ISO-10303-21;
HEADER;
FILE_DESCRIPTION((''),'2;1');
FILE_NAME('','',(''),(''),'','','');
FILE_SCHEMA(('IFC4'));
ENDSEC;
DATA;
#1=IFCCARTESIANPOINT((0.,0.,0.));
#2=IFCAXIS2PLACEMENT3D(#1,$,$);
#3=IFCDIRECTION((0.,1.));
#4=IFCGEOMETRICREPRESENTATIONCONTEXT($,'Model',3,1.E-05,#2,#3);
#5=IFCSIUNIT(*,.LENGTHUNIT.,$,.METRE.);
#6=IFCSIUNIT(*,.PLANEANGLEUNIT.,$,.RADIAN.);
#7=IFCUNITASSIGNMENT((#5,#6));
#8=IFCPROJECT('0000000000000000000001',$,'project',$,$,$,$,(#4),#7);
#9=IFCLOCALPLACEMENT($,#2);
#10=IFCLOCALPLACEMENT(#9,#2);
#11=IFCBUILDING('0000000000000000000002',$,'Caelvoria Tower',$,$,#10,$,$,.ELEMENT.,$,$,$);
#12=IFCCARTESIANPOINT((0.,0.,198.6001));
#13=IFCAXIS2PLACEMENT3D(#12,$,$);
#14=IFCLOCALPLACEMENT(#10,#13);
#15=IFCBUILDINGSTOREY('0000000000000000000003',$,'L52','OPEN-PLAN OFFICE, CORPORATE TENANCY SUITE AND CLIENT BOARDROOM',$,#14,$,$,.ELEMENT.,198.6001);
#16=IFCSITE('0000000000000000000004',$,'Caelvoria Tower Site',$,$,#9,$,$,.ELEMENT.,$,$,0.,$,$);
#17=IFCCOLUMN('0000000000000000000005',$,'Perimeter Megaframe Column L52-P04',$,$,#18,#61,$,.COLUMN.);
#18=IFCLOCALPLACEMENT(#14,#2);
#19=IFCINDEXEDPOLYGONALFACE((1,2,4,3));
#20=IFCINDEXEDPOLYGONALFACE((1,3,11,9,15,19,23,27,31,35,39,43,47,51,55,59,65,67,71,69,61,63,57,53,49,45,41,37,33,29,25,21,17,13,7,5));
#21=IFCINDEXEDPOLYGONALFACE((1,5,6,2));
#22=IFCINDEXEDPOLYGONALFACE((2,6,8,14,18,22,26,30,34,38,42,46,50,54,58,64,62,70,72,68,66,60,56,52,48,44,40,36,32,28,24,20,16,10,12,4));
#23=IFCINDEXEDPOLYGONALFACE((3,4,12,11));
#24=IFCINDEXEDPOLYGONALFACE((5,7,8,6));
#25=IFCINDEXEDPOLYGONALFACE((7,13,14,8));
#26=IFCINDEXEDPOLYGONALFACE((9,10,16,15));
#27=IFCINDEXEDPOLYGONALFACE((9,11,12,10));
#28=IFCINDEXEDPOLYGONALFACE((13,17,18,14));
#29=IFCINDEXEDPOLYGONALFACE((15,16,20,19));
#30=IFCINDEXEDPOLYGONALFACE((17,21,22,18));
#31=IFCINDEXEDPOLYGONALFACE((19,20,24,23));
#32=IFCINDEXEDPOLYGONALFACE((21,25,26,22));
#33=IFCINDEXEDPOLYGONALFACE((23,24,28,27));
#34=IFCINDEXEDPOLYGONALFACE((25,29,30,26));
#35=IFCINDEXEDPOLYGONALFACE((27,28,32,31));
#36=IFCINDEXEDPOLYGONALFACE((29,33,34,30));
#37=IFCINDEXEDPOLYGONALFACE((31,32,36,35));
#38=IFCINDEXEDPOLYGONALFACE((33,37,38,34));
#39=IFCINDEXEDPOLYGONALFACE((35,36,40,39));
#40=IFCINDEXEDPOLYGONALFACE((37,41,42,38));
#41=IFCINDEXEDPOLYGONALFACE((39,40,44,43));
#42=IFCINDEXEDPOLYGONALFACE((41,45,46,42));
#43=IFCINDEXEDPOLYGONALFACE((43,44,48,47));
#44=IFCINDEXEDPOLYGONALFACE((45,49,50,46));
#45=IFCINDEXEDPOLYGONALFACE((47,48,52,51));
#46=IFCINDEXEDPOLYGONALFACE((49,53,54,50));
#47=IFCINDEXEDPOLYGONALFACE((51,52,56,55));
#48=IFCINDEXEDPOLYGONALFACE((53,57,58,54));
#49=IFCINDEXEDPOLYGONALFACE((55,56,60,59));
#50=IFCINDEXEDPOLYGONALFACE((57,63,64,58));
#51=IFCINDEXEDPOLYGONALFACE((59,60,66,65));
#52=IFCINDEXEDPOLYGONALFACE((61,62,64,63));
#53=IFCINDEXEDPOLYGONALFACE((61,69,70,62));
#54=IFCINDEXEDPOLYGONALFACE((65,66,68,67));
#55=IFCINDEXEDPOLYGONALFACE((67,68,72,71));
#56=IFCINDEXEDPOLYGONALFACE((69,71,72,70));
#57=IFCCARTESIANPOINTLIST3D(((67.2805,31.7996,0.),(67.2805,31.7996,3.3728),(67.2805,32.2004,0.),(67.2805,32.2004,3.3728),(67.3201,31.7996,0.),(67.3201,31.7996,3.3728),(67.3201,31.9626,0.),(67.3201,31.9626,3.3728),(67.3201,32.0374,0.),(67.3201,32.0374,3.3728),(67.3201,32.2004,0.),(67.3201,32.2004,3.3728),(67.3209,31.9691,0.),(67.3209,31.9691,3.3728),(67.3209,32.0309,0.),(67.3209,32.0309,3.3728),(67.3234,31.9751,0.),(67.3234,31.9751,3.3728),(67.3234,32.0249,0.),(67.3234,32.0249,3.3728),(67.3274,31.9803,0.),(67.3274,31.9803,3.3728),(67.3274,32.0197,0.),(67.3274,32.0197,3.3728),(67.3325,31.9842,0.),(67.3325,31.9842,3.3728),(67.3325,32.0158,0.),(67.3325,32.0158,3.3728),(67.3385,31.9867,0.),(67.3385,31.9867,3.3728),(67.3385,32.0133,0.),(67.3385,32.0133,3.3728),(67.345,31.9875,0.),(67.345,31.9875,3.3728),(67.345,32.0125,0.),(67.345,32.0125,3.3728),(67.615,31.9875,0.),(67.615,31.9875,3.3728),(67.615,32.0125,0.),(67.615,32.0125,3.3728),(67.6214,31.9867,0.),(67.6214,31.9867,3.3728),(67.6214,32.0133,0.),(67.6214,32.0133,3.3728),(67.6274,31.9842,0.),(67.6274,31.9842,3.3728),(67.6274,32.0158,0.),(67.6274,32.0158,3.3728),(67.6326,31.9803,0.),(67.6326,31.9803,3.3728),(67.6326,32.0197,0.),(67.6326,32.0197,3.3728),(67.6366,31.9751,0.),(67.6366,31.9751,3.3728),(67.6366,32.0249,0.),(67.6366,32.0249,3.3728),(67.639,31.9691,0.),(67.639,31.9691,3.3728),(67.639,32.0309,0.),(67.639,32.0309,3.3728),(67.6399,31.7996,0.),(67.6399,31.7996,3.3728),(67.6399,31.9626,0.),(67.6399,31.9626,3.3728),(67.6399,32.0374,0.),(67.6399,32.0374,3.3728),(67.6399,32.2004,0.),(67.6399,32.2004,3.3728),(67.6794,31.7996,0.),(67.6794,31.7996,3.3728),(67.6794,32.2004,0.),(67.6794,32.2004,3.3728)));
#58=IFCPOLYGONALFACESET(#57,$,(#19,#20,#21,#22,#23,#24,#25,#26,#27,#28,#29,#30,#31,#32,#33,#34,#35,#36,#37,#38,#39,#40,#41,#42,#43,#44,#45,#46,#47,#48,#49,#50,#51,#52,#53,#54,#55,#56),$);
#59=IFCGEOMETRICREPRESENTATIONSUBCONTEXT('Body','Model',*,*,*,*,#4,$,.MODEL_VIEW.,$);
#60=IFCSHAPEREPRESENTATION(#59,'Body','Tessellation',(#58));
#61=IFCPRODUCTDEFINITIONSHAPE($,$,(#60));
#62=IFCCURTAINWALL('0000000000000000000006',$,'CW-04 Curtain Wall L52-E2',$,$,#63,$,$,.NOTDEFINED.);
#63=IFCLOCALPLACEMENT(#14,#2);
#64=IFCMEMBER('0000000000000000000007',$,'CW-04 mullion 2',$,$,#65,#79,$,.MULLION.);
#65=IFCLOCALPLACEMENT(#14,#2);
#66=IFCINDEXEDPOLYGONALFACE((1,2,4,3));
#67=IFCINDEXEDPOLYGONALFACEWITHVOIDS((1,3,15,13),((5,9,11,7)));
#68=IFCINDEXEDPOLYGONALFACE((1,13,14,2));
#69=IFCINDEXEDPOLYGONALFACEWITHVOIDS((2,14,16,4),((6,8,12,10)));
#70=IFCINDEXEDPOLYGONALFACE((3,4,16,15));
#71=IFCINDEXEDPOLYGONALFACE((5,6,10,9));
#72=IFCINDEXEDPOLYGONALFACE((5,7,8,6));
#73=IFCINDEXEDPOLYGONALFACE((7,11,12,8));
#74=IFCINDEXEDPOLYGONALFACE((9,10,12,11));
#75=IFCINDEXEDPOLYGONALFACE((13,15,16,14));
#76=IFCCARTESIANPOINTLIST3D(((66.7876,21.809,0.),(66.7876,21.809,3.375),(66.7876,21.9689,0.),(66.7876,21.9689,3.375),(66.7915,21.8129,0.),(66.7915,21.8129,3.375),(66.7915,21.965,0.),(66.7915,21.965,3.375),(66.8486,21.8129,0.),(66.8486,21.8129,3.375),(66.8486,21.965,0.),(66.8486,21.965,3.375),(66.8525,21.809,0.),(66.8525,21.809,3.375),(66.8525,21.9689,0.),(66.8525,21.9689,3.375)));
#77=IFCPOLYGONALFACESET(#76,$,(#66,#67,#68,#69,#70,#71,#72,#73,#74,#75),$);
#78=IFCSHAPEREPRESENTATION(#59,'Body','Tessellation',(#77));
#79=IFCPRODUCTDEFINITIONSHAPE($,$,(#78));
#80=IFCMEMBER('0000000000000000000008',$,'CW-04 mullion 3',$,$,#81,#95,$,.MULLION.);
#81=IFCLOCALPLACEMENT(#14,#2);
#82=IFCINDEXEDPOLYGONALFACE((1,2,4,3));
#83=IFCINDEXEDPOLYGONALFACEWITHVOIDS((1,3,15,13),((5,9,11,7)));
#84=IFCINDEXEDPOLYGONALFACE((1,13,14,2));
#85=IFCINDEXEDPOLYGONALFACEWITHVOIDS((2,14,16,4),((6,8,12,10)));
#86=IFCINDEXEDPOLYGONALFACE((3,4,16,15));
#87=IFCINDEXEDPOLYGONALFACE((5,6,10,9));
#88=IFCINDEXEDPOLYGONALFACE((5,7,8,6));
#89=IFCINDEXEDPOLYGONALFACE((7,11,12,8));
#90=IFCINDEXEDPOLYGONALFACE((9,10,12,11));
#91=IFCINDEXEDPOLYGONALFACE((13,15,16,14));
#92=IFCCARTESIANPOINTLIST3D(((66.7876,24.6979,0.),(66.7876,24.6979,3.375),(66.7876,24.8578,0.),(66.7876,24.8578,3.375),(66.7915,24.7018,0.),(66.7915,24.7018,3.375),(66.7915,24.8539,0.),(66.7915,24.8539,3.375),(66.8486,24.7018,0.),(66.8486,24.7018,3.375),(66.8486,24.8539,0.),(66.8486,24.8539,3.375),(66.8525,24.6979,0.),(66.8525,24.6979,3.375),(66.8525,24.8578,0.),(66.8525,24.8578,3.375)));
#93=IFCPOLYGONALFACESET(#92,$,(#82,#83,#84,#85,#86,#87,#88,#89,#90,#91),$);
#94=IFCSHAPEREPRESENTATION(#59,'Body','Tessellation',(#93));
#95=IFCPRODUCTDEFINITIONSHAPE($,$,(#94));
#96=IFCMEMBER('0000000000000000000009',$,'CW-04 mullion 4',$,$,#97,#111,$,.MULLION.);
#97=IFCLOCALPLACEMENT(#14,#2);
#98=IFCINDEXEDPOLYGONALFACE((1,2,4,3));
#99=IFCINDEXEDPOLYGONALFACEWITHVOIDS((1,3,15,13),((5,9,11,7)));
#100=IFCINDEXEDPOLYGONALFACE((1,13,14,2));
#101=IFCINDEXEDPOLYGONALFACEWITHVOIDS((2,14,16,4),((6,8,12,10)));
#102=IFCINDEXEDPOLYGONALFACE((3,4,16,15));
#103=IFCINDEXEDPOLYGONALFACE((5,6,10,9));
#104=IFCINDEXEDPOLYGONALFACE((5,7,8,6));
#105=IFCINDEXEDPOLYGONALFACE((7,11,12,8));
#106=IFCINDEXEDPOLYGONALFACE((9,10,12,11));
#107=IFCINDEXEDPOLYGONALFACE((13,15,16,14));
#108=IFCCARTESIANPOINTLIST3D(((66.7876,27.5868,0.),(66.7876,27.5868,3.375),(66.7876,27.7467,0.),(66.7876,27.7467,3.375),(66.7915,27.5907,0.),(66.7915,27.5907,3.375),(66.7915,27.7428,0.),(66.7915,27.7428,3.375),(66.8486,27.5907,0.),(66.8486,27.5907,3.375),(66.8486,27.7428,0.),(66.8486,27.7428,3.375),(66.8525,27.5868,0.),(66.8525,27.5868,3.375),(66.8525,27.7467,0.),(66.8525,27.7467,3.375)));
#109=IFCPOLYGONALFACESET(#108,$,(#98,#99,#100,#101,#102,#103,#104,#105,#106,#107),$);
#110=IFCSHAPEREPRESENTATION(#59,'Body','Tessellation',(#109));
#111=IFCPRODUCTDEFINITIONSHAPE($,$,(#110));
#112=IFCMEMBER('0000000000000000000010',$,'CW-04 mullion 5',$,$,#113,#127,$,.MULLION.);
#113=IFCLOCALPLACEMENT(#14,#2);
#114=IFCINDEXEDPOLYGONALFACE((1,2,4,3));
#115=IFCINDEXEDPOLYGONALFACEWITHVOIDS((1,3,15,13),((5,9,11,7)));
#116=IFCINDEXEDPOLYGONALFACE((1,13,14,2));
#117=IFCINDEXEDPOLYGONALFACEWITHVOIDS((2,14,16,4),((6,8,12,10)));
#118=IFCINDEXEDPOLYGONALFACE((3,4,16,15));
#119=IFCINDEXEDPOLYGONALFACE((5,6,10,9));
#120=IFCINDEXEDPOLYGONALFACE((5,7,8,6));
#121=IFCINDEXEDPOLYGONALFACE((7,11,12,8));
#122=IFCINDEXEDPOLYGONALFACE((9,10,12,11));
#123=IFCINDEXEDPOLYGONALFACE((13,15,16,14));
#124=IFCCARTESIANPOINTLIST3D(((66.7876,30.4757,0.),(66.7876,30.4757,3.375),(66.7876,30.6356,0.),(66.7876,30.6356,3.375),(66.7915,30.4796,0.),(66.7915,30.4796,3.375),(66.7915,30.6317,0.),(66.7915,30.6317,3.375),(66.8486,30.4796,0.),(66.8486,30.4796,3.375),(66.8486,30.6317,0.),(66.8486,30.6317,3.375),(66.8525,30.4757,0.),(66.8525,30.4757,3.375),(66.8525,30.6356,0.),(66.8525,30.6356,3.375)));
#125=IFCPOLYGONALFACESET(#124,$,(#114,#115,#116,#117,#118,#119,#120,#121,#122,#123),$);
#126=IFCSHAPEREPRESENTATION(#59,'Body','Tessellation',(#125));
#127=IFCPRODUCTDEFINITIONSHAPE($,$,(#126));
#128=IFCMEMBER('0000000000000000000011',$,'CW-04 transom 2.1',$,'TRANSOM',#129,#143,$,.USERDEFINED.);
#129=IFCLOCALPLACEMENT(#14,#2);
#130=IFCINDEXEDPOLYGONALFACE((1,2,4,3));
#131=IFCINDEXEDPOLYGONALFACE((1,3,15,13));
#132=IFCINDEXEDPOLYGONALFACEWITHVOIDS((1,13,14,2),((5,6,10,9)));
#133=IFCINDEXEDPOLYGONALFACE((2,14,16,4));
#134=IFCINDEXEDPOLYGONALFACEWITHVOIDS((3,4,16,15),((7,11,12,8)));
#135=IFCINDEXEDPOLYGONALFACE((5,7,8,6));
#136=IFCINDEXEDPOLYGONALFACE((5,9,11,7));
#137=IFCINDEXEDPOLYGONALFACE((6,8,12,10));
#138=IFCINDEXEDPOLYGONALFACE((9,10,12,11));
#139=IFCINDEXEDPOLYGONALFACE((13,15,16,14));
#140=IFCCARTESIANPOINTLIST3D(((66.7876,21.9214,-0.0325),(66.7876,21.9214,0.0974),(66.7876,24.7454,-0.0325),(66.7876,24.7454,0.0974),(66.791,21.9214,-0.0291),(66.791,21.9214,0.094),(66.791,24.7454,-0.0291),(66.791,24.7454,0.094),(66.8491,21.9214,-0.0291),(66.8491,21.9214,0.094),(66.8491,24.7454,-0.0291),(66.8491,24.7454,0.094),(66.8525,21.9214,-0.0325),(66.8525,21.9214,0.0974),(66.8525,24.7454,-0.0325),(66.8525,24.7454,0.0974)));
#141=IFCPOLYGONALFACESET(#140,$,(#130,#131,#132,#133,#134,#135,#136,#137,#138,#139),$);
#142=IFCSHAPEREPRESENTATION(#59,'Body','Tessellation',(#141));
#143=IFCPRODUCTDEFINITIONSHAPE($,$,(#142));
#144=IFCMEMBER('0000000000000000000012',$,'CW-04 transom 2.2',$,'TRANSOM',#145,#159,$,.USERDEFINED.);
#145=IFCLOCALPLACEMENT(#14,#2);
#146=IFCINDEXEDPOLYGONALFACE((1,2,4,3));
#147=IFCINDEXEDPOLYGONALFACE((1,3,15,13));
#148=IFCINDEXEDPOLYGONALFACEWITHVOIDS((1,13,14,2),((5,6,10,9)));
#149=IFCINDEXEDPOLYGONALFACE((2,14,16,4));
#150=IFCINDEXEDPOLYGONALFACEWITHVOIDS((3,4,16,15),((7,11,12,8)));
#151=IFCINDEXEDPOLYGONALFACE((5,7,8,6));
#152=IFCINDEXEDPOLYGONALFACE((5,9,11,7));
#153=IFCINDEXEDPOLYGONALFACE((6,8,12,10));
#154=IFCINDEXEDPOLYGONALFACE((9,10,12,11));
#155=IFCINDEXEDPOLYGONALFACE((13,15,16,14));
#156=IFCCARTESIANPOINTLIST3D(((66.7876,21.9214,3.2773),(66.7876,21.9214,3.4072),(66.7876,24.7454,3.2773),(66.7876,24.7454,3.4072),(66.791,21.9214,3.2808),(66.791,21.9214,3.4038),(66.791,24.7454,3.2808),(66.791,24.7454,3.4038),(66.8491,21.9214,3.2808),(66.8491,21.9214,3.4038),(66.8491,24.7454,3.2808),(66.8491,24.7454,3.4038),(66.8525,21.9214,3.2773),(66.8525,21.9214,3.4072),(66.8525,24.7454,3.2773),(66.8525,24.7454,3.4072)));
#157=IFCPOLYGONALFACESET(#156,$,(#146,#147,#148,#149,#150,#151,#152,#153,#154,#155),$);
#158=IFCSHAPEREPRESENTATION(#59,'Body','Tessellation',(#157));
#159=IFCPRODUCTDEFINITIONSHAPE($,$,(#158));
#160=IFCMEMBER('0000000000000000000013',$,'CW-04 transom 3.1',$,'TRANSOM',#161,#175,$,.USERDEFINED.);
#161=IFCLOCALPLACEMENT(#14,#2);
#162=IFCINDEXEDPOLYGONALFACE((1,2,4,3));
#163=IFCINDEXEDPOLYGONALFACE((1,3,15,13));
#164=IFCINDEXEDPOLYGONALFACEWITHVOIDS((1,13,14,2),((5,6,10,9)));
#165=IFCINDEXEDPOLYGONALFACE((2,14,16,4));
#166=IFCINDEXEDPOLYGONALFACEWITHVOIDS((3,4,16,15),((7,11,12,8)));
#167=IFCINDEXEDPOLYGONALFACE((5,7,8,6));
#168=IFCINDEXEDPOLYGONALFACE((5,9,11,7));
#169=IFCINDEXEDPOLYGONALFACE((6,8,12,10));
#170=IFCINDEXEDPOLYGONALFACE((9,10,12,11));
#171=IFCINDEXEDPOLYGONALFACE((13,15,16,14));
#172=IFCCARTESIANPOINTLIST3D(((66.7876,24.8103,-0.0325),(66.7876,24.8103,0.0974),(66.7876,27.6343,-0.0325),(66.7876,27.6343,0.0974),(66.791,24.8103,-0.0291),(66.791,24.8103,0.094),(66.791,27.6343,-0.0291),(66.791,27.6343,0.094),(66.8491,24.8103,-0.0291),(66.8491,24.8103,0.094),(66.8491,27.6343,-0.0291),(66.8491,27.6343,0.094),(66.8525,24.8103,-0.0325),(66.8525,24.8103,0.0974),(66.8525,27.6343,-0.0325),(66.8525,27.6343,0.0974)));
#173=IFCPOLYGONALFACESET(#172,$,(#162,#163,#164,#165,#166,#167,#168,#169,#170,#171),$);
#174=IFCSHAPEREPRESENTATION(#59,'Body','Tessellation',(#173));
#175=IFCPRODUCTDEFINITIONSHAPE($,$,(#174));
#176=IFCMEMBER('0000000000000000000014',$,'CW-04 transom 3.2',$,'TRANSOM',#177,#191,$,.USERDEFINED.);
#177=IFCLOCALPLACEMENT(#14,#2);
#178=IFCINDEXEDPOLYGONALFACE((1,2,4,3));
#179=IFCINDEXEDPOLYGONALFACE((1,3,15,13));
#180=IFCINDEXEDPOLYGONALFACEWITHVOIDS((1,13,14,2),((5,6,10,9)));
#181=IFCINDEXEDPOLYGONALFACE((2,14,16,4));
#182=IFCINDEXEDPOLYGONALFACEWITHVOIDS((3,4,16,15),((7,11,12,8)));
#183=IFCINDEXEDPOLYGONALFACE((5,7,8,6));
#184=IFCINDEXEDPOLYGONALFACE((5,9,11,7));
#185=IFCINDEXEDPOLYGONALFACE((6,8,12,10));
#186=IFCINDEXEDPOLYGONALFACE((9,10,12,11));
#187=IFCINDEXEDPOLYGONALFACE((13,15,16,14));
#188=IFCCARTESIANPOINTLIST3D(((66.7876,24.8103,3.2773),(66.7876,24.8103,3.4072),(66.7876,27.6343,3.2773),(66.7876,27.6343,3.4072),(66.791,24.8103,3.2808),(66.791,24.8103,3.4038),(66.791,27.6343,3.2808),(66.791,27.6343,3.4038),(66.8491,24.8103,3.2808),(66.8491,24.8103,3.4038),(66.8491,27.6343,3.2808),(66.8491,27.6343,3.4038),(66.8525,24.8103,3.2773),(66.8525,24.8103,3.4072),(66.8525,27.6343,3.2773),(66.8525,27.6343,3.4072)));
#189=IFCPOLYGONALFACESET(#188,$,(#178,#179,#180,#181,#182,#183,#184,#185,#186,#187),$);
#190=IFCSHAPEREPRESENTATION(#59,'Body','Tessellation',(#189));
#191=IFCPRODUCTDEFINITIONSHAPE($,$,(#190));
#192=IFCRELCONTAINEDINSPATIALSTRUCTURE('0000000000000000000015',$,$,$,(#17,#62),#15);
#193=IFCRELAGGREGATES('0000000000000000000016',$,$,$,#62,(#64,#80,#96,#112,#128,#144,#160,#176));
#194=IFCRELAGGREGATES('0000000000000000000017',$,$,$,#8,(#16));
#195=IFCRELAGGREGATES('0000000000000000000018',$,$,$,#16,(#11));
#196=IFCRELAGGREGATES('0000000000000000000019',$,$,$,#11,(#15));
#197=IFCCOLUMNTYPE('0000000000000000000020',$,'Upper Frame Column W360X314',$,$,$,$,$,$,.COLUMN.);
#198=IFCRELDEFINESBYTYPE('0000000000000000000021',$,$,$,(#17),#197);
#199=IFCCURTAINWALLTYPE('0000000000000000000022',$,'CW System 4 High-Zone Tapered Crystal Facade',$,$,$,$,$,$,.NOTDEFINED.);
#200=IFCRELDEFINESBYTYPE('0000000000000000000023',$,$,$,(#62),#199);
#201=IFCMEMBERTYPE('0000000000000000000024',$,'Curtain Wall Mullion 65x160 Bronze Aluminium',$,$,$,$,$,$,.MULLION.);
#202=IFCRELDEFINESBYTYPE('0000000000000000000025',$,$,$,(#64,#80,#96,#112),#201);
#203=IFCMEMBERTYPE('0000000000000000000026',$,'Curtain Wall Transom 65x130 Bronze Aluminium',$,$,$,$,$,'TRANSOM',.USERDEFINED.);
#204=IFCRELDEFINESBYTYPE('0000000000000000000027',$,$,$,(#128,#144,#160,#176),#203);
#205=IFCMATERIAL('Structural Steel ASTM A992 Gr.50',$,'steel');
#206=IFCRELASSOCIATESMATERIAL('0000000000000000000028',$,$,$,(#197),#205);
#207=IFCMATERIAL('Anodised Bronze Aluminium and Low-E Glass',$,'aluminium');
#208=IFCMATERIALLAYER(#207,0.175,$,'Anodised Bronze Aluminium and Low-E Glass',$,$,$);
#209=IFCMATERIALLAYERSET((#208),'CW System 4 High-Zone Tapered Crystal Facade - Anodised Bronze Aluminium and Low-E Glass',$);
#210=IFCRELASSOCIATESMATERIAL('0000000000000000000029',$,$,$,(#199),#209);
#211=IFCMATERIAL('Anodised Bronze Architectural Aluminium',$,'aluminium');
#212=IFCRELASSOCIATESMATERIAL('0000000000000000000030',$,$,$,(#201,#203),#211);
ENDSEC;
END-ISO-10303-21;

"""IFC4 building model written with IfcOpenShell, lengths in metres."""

from ifc_helpers import new_model, si_unit, direction, frame, origin, origin_2d, place, context, subcontext, project, spatial, hollow_rectangle, i_section, extrude, material, layer, layer_set, material_profile, profile_set, type_object, element, aggregate, save


model = new_model("IFC4")

# Units and contexts
model_context = context("Model", 3, precision=1e-05, world=origin(), true_north=direction((0.0, 1.0)))
body_context = subcontext(model_context, "Body", "Model", "MODEL_VIEW")
ifc_project = project(units=[si_unit("LENGTHUNIT", "METRE"), si_unit("PLANEANGLEUNIT", "RADIAN")], contexts=[model_context])

# Site, building, storey
site_placement = place(None, origin())
site = spatial("IfcSite", under=ifc_project, at=site_placement, Name="Caelvoria Tower Site", CompositionType="ELEMENT", RefElevation=0.0)
building_placement = place(site_placement, origin())
building = spatial("IfcBuilding", under=site, at=building_placement, Name="Caelvoria Tower", CompositionType="ELEMENT")
storey_placement = place(building_placement, frame((0.0, 0.0, 198.6001)))
storey = spatial("IfcBuildingStorey", under=building, at=storey_placement, Name="L52", Description="OPEN-PLAN OFFICE, CORPORATE TENANCY SUITE AND CLIENT BOARDROOM", CompositionType="ELEMENT", Elevation=198.6001)

# Column
ifc_material_1 = material(Name="Structural Steel ASTM A992 Gr.50", Category="steel")
ifc_material_profile_1 = material_profile(ifc_material_1, i_section(OverallWidth=0.4009, OverallDepth=0.3989, WebThickness=0.0249, FlangeThickness=0.0396, FilletRadius=0.0249, at=origin_2d()), Name="Structural Steel ASTM A992 Gr.50")
ifc_profile_set_1 = profile_set([ifc_material_profile_1], Name="W360X314 - Structural Steel ASTM A992 Gr.50")
column_type = type_object("IfcColumnType", Name="Upper Frame Column W360X314", PredefinedType="COLUMN", material=ifc_profile_set_1)
column_placement = place(storey_placement, frame((67.48, 32.0, 0.0), z_axis=(0.0, 0.0, 1.0), x_axis=(0.0, 1.0, 0.0)))
element("IfcColumn", 1, at=column_placement, inside=storey, type_object=column_type, Name="Perimeter Megaframe Column L52-P04", PredefinedType="COLUMN", context=body_context, shape_type="SweptSolid", body=[
    extrude(i_section(OverallWidth=0.4009, OverallDepth=0.3989, WebThickness=0.0249, FlangeThickness=0.0396, FilletRadius=0.0249, at=origin_2d()), origin(), (0.0, 0.0, 1.0), 3.3728),
])

# Curtain wall, members
ifc_material_2 = material(Name="Anodised Bronze Aluminium and Low-E Glass", Category="aluminium")
ifc_layer_1 = layer(ifc_material_2, 0.175, Name="Anodised Bronze Aluminium and Low-E Glass")
ifc_layer_set_1 = layer_set([ifc_layer_1], Name="CW System 4 High-Zone Tapered Crystal Facade - Anodised Bronze Aluminium and Low-E Glass")
curtain_wall_type = type_object("IfcCurtainWallType", Name="CW System 4 High-Zone Tapered Crystal Facade", PredefinedType="NOTDEFINED", material=ifc_layer_set_1)
curtain_wall_placement = place(storey_placement, origin())
curtain_wall = element("IfcCurtainWall", 2, at=curtain_wall_placement, inside=storey, type_object=curtain_wall_type, Name="CW-04 Curtain Wall L52-E2", PredefinedType="NOTDEFINED")
ifc_material_3 = material(Name="Anodised Bronze Architectural Aluminium", Category="aluminium")
ifc_material_profile_2 = material_profile(ifc_material_3, hollow_rectangle(XDim=0.0649, YDim=0.1599, WallThickness=0.0039, at=origin_2d()), Name="Anodised Bronze Architectural Aluminium")
ifc_profile_set_2 = profile_set([ifc_material_profile_2], Name="CW_MULL_65X160 - Anodised Bronze Architectural Aluminium")
member_type_1 = type_object("IfcMemberType", Name="Curtain Wall Mullion 65x160 Bronze Aluminium", PredefinedType="MULLION", material=ifc_profile_set_2)
member_1_placement = place(storey_placement, frame((66.8201, 21.8889, 0.0), z_axis=(0.0, 0.0, 1.0), x_axis=(-1.0, 0.0, 0.0)))
member_1 = element("IfcMember", 3, at=member_1_placement, type_object=member_type_1, Name="CW-04 mullion 2", PredefinedType="MULLION", context=body_context, shape_type="SweptSolid", body=[
    extrude(hollow_rectangle(XDim=0.0649, YDim=0.1599, WallThickness=0.0039, at=origin_2d()), origin(), (0.0, 0.0, 1.0), 3.375),
])
member_2_placement = place(storey_placement, frame((66.8201, 24.7778, 0.0), z_axis=(0.0, 0.0, 1.0), x_axis=(-1.0, 0.0, 0.0)))
member_2 = element("IfcMember", 4, at=member_2_placement, type_object=member_type_1, Name="CW-04 mullion 3", PredefinedType="MULLION", context=body_context, shape_type="SweptSolid", body=[
    extrude(hollow_rectangle(XDim=0.0649, YDim=0.1599, WallThickness=0.0039, at=origin_2d()), origin(), (0.0, 0.0, 1.0), 3.375),
])
member_3_placement = place(storey_placement, frame((66.8201, 27.6667, 0.0), z_axis=(0.0, 0.0, 1.0), x_axis=(-1.0, 0.0, 0.0)))
member_3 = element("IfcMember", 5, at=member_3_placement, type_object=member_type_1, Name="CW-04 mullion 4", PredefinedType="MULLION", context=body_context, shape_type="SweptSolid", body=[
    extrude(hollow_rectangle(XDim=0.0649, YDim=0.1599, WallThickness=0.0039, at=origin_2d()), origin(), (0.0, 0.0, 1.0), 3.375),
])
member_4_placement = place(storey_placement, frame((66.8201, 30.5557, 0.0), z_axis=(0.0, 0.0, 1.0), x_axis=(-1.0, 0.0, 0.0)))
member_4 = element("IfcMember", 6, at=member_4_placement, type_object=member_type_1, Name="CW-04 mullion 5", PredefinedType="MULLION", context=body_context, shape_type="SweptSolid", body=[
    extrude(hollow_rectangle(XDim=0.0649, YDim=0.1599, WallThickness=0.0039, at=origin_2d()), origin(), (0.0, 0.0, 1.0), 3.375),
])
ifc_material_profile_3 = material_profile(ifc_material_3, hollow_rectangle(XDim=0.0649, YDim=0.1299, WallThickness=0.0034, at=origin_2d()), Name="Anodised Bronze Architectural Aluminium")
ifc_profile_set_3 = profile_set([ifc_material_profile_3], Name="CW_TRAN_65X130 - Anodised Bronze Architectural Aluminium")
member_type_2 = type_object("IfcMemberType", Name="Curtain Wall Transom 65x130 Bronze Aluminium", ElementType="TRANSOM", PredefinedType="USERDEFINED", material=ifc_profile_set_3)
member_5_placement = place(storey_placement, frame((66.8201, 21.9214, 0.0325), z_axis=(0.0, 1.0, 0.0), x_axis=(-1.0, 0.0, 0.0)))
member_5 = element("IfcMember", 7, at=member_5_placement, type_object=member_type_2, Name="CW-04 transom 2.1", ObjectType="TRANSOM", PredefinedType="USERDEFINED", context=body_context, shape_type="SweptSolid", body=[
    extrude(hollow_rectangle(XDim=0.0649, YDim=0.1299, WallThickness=0.0034, at=origin_2d()), origin(), (0.0, 0.0, 1.0), 2.824),
])
member_6_placement = place(storey_placement, frame((66.8201, 21.9214, 3.3423), z_axis=(0.0, 1.0, 0.0), x_axis=(-1.0, 0.0, 0.0)))
member_6 = element("IfcMember", 8, at=member_6_placement, type_object=member_type_2, Name="CW-04 transom 2.2", ObjectType="TRANSOM", PredefinedType="USERDEFINED", context=body_context, shape_type="SweptSolid", body=[
    extrude(hollow_rectangle(XDim=0.0649, YDim=0.1299, WallThickness=0.0034, at=origin_2d()), origin(), (0.0, 0.0, 1.0), 2.824),
])
member_7_placement = place(storey_placement, frame((66.8201, 24.8103, 0.0325), z_axis=(0.0, 1.0, 0.0), x_axis=(-1.0, 0.0, 0.0)))
member_7 = element("IfcMember", 9, at=member_7_placement, type_object=member_type_2, Name="CW-04 transom 3.1", ObjectType="TRANSOM", PredefinedType="USERDEFINED", context=body_context, shape_type="SweptSolid", body=[
    extrude(hollow_rectangle(XDim=0.0649, YDim=0.1299, WallThickness=0.0034, at=origin_2d()), origin(), (0.0, 0.0, 1.0), 2.824),
])
member_8_placement = place(storey_placement, frame((66.8201, 24.8103, 3.3423), z_axis=(0.0, 1.0, 0.0), x_axis=(-1.0, 0.0, 0.0)))
member_8 = element("IfcMember", 10, at=member_8_placement, type_object=member_type_2, Name="CW-04 transom 3.2", ObjectType="TRANSOM", PredefinedType="USERDEFINED", context=body_context, shape_type="SweptSolid", body=[
    extrude(hollow_rectangle(XDim=0.0649, YDim=0.1299, WallThickness=0.0034, at=origin_2d()), origin(), (0.0, 0.0, 1.0), 2.824),
])

aggregate(curtain_wall, [member_1, member_2, member_3, member_4, member_5, member_6, member_7, member_8])

save(model, "model.ifc")
